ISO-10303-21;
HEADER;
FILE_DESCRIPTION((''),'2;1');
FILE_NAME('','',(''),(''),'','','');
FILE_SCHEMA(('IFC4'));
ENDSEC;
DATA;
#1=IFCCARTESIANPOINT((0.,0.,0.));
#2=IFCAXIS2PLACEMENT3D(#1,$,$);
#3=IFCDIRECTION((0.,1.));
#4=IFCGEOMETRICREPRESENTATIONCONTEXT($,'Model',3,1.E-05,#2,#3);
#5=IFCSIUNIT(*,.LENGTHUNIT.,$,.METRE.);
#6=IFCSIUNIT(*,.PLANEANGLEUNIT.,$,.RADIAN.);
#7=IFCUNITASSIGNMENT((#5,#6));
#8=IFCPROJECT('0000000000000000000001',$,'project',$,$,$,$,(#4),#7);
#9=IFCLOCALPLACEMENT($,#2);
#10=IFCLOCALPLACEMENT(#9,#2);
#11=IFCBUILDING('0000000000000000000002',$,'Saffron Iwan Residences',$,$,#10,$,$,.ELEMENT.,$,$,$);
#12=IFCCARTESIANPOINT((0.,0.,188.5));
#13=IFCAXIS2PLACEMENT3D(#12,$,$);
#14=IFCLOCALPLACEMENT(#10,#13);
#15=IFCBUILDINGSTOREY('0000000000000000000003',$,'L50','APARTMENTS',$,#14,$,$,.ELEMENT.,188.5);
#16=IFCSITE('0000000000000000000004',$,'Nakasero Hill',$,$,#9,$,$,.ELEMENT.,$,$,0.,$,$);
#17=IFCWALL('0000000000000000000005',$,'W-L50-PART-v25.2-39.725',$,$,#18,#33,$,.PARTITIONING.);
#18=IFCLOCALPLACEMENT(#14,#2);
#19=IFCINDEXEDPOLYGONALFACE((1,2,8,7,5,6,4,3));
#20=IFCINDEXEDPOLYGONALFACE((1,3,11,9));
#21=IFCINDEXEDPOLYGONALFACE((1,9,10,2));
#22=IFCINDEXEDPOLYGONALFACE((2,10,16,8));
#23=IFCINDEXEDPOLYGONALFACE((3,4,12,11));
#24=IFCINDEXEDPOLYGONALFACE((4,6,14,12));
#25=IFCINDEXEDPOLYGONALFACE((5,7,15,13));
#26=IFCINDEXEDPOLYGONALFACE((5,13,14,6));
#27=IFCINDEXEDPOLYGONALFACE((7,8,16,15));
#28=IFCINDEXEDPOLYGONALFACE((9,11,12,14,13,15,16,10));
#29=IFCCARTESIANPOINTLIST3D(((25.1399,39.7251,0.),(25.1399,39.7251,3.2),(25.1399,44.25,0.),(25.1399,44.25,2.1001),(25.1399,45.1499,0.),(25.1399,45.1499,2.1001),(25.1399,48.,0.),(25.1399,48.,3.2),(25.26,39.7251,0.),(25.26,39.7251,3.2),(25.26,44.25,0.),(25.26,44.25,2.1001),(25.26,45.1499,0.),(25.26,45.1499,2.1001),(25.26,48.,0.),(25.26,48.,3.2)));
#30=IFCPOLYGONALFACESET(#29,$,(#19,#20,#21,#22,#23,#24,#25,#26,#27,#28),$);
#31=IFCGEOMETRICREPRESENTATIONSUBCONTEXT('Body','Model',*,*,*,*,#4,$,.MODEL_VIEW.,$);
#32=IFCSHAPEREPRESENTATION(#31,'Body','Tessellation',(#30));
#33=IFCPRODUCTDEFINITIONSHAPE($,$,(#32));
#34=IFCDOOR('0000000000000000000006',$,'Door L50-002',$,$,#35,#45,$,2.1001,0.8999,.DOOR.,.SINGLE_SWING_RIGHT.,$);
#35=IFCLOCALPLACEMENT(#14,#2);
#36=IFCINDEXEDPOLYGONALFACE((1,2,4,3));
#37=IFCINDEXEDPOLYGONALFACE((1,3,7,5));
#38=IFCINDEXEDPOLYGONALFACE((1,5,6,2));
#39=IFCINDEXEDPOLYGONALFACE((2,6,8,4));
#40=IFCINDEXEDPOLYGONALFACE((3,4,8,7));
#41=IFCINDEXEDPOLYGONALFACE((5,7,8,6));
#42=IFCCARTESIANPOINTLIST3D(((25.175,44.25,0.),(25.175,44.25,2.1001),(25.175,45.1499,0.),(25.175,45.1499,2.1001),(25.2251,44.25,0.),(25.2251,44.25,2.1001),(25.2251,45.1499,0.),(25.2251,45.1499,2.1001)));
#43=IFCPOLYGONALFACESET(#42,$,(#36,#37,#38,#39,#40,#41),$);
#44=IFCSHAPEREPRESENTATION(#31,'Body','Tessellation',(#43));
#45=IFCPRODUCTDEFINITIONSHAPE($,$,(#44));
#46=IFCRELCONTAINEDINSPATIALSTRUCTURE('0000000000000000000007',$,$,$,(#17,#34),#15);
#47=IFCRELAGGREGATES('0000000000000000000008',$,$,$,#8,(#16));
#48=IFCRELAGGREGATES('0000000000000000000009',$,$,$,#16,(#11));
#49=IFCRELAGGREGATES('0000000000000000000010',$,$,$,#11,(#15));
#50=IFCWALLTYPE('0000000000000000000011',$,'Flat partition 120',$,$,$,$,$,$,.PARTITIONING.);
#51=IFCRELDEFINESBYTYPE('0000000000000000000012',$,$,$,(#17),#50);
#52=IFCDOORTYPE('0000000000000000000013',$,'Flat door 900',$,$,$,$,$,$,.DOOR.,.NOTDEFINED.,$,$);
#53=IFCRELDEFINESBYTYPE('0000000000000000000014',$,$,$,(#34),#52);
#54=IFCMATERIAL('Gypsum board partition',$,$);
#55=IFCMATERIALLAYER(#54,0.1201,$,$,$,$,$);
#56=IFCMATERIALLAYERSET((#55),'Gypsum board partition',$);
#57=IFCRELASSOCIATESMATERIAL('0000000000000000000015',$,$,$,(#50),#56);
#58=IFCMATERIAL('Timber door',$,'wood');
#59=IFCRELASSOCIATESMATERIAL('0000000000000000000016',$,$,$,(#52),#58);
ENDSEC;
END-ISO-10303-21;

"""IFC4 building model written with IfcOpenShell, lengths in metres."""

from ifc_helpers import new_model, si_unit, direction, frame, frame_2d, origin, place, context, subcontext, project, spatial, rectangle, extrude, material, layer, layer_set, type_object, element, fill, save


model = new_model("IFC4")

# Units and contexts
model_context = context("Model", 3, precision=1e-05, world=origin(), true_north=direction((0.0, 1.0)))
body_context = subcontext(model_context, "Body", "Model", "MODEL_VIEW")
ifc_project = project(units=[si_unit("LENGTHUNIT", "METRE"), si_unit("PLANEANGLEUNIT", "RADIAN")], contexts=[model_context])

# Site, building, storey
site_placement = place(None, origin())
site = spatial("IfcSite", under=ifc_project, at=site_placement, Name="Nakasero Hill", CompositionType="ELEMENT", RefElevation=0.0)
building_placement = place(site_placement, origin())
building = spatial("IfcBuilding", under=site, at=building_placement, Name="Saffron Iwan Residences", CompositionType="ELEMENT")
storey_placement = place(building_placement, frame((0.0, 0.0, 188.5)))
storey = spatial("IfcBuildingStorey", under=building, at=storey_placement, Name="L50", Description="APARTMENTS", CompositionType="ELEMENT", Elevation=188.5)

# Shared definitions
ifc_material_1 = material(Name="Gypsum board partition")
ifc_layer_1 = layer(ifc_material_1, 0.1201)
ifc_layer_set_1 = layer_set([ifc_layer_1], Name="Gypsum board partition")
wall_type_1 = type_object("IfcWallType", Name="Flat partition 120", PredefinedType="PARTITIONING", material=ifc_layer_set_1)
ifc_material_2 = material(Name="Timber door", Category="wood")
door_type_1 = type_object("IfcDoorType", Name="Flat door 900", OperationType="NOTDEFINED", PredefinedType="DOOR", material=ifc_material_2)

# Wall, opening, door
wall_1_placement = place(storey_placement, frame((25.2, 39.7251, 0.0), z_axis=(0.0, 0.0, 1.0), x_axis=(0.0, 1.0, 0.0)))
wall_1 = element("IfcWall", 1, at=wall_1_placement, inside=storey, type_object=wall_type_1, Name="W-L50-PART-v25.2-39.725", PredefinedType="PARTITIONING", context=body_context, shape_type="SweptSolid", body=[
    extrude(rectangle(XDim=8.2749, YDim=0.1201, at=frame_2d((4.1375, 0.0))), origin(), (0.0, 0.0, 1.0), 3.2),
])
opening_1_placement = place(wall_1_placement, frame((4.5249, 0.0, 0.0)))
opening_1 = element("IfcOpeningElement", 2, at=opening_1_placement, cuts=wall_1, PredefinedType="OPENING", context=body_context, shape_type="SweptSolid", body=[
    extrude(rectangle(XDim=0.8999, YDim=2.1001, at=frame_2d((0.45, 1.05))), frame((0.0, 0.0701, 0.0), z_axis=(0.0, -1.0, 0.0), x_axis=(1.0, 0.0, 0.0)), (0.0, 0.0, 1.0), 0.1401),
])
door_1_placement = place(opening_1_placement, origin())
door_1 = element("IfcDoor", 3, at=door_1_placement, inside=storey, type_object=door_type_1, Name="Door L50-002", OperationType="SINGLE_SWING_RIGHT", OverallHeight=2.1001, OverallWidth=0.8999, PredefinedType="DOOR", context=body_context, shape_type="SweptSolid", body=[
    extrude(rectangle(XDim=0.8999, YDim=2.1001, at=frame_2d((0.45, 1.05))), frame((0.0, 0.0249, 0.0), z_axis=(0.0, -1.0, 0.0), x_axis=(1.0, 0.0, 0.0)), (0.0, 0.0, 1.0), 0.05),
])
fill(opening_1, door_1)

save(model, "model.ifc")
